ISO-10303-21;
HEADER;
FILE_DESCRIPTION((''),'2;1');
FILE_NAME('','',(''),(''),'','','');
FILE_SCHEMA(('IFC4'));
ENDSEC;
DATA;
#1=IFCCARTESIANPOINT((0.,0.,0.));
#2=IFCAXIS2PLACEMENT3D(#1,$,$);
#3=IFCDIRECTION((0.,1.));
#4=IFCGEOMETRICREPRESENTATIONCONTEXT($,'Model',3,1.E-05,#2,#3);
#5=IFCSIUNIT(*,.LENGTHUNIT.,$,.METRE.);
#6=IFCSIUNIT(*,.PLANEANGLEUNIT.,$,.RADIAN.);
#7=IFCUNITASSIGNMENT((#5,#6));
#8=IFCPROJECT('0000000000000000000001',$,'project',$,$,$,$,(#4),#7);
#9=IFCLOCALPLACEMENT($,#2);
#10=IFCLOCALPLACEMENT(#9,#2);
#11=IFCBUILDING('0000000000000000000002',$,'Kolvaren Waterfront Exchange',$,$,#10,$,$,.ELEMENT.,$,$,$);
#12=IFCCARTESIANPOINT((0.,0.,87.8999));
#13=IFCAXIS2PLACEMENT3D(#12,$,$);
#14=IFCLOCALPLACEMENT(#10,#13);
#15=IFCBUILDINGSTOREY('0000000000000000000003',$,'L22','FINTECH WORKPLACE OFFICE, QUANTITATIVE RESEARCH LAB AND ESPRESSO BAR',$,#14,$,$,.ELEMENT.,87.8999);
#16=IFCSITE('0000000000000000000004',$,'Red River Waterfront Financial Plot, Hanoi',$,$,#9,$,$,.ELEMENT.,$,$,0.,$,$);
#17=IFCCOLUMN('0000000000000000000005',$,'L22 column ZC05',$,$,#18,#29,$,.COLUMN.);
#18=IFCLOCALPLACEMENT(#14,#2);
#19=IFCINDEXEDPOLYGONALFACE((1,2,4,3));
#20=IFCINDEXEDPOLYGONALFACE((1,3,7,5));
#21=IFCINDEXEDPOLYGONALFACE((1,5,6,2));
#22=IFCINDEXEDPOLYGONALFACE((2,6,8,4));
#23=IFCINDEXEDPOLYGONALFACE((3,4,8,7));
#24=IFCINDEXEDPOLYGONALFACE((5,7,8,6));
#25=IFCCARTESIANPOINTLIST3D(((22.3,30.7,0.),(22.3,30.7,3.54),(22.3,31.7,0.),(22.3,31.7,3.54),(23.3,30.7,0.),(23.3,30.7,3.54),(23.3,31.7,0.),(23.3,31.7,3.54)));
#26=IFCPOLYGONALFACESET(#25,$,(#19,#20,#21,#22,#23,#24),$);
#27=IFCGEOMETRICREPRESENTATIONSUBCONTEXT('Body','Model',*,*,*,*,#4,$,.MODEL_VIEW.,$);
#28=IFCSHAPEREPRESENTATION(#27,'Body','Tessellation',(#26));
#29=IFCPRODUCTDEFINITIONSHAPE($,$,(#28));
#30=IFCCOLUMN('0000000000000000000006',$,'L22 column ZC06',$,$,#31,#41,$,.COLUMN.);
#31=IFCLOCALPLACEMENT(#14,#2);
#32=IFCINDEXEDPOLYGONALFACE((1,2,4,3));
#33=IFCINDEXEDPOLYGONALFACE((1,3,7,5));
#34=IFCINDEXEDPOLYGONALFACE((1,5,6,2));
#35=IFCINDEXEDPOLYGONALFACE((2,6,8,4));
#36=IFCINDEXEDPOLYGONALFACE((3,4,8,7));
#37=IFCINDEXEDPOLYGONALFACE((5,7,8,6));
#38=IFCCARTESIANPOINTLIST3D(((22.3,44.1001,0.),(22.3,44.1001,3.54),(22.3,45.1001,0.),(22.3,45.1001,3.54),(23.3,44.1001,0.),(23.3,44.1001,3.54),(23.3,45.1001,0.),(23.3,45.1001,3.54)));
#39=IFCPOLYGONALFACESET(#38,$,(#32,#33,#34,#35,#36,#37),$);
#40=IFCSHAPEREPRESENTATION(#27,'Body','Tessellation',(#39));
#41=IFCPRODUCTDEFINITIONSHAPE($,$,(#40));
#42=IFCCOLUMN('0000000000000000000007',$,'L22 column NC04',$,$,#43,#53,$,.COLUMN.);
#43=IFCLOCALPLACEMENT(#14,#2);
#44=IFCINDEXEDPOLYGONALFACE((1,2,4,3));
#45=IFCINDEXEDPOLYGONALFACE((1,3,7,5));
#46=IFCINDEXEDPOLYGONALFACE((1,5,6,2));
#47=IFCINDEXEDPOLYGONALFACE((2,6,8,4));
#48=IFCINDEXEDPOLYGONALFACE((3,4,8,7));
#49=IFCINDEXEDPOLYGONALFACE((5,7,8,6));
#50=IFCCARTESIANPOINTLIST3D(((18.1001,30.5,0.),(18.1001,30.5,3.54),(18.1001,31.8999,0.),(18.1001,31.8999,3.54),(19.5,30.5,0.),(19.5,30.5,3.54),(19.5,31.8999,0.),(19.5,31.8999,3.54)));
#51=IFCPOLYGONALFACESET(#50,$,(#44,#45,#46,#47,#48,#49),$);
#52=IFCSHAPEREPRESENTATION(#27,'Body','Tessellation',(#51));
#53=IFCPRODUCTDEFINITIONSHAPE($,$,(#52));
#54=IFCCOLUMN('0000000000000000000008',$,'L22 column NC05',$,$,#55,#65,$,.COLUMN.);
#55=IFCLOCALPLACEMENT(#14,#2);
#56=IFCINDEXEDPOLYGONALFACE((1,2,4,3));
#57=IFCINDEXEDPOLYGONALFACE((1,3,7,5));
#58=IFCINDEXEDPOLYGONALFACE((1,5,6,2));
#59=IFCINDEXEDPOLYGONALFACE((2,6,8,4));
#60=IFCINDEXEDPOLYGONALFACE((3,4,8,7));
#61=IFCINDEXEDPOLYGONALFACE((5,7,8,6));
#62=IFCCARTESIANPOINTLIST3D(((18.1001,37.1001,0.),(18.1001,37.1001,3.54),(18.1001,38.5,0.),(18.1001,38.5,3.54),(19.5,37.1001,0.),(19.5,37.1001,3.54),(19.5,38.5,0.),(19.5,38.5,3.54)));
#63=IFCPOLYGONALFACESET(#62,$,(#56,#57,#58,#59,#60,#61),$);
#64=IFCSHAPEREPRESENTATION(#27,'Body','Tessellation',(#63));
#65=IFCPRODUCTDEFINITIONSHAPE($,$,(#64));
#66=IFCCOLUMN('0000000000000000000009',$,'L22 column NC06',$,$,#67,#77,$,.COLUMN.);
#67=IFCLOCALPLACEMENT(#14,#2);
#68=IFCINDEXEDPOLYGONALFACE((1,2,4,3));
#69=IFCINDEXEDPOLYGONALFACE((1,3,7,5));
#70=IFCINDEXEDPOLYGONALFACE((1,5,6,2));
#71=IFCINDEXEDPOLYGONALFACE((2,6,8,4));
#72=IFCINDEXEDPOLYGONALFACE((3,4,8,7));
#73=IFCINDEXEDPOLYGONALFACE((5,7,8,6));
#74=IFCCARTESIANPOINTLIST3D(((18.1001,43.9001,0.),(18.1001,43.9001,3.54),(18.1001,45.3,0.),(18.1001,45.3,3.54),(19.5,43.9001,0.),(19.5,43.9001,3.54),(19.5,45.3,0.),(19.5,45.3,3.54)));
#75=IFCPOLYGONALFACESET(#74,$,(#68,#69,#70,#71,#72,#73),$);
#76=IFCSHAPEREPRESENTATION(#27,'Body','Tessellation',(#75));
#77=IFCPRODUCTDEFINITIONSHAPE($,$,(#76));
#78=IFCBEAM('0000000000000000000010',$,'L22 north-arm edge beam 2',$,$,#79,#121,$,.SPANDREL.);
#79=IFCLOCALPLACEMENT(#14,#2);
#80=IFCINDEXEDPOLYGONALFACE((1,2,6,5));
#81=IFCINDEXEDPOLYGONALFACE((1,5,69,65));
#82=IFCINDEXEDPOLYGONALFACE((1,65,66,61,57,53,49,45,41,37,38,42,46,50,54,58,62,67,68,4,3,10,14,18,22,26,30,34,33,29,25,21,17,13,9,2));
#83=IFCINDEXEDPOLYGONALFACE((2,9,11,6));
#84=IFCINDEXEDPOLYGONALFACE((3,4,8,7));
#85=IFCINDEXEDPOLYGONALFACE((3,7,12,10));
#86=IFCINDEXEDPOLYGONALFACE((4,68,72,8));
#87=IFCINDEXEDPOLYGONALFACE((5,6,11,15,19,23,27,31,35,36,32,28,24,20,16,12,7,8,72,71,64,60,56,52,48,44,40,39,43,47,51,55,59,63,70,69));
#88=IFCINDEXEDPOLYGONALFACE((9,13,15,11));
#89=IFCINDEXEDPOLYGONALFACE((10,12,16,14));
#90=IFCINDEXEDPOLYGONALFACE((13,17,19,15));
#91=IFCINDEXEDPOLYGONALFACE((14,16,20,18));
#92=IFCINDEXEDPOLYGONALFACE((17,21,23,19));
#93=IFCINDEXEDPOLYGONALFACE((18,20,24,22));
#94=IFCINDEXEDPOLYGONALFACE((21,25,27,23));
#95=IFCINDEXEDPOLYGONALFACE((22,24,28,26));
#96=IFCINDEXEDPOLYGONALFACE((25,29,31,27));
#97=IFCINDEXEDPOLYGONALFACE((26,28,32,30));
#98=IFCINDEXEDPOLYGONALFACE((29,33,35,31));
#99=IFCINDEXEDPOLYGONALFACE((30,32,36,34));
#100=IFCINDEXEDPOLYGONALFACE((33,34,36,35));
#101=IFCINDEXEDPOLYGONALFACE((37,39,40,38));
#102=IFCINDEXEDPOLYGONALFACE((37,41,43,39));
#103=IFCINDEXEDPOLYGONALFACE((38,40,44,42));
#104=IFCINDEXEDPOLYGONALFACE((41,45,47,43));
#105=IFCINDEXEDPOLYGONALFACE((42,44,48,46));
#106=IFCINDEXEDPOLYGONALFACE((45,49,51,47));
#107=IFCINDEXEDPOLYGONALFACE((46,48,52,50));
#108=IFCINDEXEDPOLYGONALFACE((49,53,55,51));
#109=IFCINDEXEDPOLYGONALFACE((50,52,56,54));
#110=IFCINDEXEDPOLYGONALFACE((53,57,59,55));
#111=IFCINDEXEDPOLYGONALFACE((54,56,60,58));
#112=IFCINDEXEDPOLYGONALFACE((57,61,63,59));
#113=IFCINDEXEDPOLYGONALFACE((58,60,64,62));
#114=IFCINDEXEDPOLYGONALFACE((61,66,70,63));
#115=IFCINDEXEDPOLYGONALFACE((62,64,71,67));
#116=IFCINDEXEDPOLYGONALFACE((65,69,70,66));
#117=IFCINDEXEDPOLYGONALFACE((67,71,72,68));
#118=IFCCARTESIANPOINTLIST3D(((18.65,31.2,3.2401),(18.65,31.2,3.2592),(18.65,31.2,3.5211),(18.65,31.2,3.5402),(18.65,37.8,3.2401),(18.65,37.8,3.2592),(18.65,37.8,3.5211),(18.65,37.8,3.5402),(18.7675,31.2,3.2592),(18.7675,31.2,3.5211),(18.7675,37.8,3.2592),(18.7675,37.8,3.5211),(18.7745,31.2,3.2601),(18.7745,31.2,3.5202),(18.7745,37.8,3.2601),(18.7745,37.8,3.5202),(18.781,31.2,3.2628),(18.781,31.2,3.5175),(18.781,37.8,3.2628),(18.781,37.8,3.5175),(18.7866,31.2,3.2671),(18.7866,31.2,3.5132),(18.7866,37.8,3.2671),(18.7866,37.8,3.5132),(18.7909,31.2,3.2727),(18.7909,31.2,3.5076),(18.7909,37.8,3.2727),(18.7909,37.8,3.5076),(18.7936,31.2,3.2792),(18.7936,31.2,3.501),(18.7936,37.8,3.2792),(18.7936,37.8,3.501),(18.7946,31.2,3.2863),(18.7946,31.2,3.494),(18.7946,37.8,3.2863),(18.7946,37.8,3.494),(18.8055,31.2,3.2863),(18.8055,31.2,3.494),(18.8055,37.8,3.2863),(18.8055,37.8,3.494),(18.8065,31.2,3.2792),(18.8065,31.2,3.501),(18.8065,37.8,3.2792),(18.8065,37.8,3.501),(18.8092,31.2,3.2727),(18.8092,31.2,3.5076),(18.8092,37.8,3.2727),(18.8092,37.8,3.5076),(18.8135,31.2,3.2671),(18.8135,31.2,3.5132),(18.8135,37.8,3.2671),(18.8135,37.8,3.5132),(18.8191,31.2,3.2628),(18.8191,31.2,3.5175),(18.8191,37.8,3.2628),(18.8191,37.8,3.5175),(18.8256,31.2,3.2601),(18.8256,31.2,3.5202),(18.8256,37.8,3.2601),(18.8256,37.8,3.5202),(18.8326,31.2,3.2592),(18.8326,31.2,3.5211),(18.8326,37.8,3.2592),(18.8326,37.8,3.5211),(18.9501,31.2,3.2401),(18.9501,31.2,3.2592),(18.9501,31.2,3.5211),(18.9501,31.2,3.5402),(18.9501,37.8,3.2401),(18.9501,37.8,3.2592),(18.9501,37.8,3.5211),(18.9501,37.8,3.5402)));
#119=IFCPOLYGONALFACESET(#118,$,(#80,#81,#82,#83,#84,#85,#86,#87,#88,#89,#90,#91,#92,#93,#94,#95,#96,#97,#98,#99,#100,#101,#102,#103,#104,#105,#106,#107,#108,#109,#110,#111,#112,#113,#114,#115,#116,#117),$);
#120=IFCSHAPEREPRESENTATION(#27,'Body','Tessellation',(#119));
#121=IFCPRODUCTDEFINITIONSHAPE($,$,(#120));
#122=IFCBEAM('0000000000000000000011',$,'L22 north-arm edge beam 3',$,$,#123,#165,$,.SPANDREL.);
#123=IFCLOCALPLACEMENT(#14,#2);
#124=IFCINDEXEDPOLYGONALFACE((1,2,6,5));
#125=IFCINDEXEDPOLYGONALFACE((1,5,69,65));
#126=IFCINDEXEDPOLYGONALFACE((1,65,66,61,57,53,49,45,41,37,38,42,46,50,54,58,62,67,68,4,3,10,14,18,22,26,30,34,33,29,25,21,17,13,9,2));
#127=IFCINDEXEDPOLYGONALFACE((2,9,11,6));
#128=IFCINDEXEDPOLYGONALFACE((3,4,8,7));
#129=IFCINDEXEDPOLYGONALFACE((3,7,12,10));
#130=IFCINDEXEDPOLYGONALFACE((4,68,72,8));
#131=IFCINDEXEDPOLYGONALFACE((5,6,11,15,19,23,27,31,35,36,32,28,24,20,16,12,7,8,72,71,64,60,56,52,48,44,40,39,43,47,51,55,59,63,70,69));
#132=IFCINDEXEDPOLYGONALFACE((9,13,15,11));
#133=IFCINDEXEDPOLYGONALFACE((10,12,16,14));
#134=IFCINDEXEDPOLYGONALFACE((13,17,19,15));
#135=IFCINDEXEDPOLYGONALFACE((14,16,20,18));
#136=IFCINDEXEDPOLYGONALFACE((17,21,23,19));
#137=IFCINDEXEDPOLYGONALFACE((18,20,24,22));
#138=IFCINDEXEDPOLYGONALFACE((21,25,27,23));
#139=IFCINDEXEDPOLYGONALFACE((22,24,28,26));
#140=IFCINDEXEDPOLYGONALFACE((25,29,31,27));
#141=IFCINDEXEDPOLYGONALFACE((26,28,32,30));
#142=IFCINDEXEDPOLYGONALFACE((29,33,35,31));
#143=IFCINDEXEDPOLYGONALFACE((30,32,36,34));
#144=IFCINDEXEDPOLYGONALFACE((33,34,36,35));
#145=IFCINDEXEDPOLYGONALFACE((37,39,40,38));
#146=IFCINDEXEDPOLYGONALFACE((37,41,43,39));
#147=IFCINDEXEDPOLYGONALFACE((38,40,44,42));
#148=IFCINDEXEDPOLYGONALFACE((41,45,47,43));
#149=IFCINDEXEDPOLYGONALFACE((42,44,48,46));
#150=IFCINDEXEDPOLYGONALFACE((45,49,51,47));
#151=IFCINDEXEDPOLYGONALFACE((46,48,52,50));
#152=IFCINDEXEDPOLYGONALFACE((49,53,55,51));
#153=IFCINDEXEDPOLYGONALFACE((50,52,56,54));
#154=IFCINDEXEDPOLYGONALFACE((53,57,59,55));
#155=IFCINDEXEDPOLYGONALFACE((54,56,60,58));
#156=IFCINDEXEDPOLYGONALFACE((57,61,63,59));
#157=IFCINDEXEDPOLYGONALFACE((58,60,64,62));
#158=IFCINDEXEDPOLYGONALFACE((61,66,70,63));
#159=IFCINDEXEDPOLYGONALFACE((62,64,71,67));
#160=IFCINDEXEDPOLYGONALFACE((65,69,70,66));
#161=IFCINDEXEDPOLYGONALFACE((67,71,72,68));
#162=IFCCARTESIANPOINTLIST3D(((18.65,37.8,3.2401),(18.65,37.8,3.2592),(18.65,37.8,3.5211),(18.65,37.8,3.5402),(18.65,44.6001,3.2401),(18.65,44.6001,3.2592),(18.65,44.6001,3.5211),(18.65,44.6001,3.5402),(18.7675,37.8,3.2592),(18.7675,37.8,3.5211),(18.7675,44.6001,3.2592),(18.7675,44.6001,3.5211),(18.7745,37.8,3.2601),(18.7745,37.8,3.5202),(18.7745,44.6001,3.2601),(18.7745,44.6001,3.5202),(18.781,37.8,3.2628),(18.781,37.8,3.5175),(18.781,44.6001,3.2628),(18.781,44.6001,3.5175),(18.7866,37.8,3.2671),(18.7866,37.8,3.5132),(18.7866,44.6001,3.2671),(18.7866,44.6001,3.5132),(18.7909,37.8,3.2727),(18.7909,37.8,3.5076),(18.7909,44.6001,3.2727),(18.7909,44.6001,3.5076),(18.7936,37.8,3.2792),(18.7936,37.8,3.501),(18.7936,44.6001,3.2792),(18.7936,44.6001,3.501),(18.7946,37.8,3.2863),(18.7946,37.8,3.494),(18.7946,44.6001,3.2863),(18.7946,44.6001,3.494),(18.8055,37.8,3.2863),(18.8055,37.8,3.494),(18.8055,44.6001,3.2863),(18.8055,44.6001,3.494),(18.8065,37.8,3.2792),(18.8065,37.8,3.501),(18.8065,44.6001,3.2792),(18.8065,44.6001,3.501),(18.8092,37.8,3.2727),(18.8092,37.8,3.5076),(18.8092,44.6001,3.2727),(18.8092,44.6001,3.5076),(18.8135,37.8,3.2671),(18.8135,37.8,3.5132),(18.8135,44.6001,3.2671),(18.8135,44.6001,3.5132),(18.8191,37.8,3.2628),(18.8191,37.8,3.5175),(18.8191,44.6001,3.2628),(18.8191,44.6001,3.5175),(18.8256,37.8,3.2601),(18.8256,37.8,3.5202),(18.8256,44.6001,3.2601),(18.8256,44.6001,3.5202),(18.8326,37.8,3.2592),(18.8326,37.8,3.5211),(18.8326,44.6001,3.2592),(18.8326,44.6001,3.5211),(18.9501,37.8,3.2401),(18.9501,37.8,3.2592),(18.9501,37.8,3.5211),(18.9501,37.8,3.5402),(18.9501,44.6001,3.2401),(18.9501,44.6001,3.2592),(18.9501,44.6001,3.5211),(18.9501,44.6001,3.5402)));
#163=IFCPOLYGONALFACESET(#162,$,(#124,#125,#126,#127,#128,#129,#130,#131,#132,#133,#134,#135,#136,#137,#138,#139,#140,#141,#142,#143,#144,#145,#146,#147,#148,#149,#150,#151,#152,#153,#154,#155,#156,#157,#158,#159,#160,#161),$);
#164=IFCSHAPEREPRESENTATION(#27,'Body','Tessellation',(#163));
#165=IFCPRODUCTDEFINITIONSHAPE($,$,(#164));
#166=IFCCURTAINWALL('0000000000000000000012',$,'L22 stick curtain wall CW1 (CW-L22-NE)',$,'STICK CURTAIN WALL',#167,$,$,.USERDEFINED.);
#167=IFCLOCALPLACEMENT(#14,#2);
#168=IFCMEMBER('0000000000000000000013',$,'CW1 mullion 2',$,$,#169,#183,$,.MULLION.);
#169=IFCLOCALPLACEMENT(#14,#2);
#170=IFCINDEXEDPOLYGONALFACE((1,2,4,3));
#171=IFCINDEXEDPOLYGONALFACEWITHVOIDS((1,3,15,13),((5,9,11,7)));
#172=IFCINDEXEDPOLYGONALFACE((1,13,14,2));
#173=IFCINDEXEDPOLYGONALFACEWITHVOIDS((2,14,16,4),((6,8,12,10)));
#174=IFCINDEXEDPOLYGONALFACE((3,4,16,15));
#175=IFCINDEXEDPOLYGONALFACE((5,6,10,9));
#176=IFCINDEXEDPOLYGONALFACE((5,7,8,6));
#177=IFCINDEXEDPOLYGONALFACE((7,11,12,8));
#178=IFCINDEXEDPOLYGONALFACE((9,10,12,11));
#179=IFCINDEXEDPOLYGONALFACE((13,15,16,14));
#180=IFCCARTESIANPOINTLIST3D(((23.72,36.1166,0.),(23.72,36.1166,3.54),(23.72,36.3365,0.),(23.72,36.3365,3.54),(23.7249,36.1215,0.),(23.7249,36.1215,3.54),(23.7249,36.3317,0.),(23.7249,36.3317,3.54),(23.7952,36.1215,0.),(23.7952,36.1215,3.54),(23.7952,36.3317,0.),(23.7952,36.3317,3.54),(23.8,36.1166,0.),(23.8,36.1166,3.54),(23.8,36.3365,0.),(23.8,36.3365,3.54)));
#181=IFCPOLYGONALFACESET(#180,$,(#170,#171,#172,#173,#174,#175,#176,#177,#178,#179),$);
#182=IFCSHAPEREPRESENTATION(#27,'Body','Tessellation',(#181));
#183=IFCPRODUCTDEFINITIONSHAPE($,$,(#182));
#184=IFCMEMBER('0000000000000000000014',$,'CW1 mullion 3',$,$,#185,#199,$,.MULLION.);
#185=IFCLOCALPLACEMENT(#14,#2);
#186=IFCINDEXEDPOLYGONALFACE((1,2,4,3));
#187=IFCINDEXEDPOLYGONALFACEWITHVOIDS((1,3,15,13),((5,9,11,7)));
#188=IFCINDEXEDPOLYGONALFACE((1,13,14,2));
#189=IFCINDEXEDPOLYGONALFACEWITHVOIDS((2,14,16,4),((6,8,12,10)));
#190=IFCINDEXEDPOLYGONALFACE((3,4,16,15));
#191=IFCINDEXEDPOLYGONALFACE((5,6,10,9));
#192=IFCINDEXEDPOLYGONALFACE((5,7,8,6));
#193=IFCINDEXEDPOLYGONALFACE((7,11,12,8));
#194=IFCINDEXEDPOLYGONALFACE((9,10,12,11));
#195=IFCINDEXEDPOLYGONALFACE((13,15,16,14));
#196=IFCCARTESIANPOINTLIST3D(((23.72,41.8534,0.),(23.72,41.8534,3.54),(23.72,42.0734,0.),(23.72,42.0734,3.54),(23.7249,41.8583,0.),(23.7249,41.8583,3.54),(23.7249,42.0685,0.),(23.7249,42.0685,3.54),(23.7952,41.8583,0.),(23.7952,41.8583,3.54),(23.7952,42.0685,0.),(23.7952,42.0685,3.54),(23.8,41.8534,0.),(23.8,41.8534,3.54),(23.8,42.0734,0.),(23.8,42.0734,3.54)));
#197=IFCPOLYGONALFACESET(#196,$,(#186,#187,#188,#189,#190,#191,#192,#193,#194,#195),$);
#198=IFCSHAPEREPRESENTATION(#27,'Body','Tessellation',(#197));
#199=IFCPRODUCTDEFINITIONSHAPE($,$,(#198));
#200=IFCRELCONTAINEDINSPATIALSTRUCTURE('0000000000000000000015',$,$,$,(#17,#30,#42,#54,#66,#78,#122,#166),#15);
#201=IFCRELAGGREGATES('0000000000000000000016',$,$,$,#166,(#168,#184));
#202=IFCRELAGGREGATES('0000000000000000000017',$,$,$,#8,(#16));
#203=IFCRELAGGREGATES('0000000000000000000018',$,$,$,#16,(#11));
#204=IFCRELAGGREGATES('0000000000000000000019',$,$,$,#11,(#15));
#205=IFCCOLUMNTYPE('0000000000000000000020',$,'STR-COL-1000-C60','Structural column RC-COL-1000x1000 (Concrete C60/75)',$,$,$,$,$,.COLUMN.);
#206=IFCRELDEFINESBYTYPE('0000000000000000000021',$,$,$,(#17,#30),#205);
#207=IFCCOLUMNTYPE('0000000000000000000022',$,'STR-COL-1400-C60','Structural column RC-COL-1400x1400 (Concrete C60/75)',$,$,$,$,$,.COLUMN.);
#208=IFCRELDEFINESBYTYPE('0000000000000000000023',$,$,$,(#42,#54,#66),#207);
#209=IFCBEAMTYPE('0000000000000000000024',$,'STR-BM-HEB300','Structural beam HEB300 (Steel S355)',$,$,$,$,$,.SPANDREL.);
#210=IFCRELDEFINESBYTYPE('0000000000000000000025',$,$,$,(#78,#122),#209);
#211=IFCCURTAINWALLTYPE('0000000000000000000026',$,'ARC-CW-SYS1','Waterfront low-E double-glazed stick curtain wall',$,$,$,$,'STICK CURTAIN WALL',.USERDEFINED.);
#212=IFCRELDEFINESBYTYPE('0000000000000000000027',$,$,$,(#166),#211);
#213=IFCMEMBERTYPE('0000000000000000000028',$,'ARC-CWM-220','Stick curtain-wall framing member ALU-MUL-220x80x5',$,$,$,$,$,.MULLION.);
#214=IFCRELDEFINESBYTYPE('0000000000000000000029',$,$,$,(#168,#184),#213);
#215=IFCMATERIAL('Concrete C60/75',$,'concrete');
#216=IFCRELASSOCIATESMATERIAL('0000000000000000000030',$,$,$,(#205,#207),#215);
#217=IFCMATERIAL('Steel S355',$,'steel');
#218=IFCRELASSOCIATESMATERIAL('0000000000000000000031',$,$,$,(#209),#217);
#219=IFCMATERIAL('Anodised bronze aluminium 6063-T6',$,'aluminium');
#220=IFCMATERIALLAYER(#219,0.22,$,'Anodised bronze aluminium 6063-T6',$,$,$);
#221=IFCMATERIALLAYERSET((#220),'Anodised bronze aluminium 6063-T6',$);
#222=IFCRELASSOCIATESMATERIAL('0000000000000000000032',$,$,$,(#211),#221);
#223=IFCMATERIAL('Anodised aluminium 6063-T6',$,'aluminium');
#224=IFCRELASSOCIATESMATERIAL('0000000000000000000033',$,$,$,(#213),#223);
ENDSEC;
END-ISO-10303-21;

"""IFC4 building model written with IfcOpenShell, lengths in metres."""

from ifc_helpers import new_model, si_unit, direction, frame, origin, origin_with_axes, origin_2d, place, context, subcontext, project, spatial, rectangle, hollow_rectangle, i_section, extrude, source, transform, mapped, material, layer, layer_set, material_profile, profile_set, type_object, element, aggregate, save


model = new_model("IFC4")

# Units and contexts
model_context = context("Model", 3, precision=1e-05, world=origin(), true_north=direction((0.0, 1.0)))
body_context = subcontext(model_context, "Body", "Model", "MODEL_VIEW")
ifc_project = project(units=[si_unit("LENGTHUNIT", "METRE"), si_unit("PLANEANGLEUNIT", "RADIAN")], contexts=[model_context])

# Site, building, storey
site_placement = place(None, origin())
site = spatial("IfcSite", under=ifc_project, at=site_placement, Name="Red River Waterfront Financial Plot, Hanoi", CompositionType="ELEMENT", RefElevation=0.0)
building_placement = place(site_placement, origin())
building = spatial("IfcBuilding", under=site, at=building_placement, Name="Kolvaren Waterfront Exchange", CompositionType="ELEMENT")
storey_placement = place(building_placement, frame((0.0, 0.0, 87.8999)))
storey = spatial("IfcBuildingStorey", under=building, at=storey_placement, Name="L22", Description="FINTECH WORKPLACE OFFICE, QUANTITATIVE RESEARCH LAB AND ESPRESSO BAR", CompositionType="ELEMENT", Elevation=87.8999)

# Columns
ifc_material_1 = material(Name="Concrete C60/75", Category="concrete")
ifc_material_profile_1 = material_profile(ifc_material_1, rectangle(XDim=1.0, YDim=1.0, at=origin_2d()), Name="RC-COL-1000x1000")
ifc_profile_set_1 = profile_set([ifc_material_profile_1], Name="Concrete C60/75")
column_type_1 = type_object("IfcColumnType", Name="STR-COL-1000-C60", Description="Structural column RC-COL-1000x1000 (Concrete C60/75)", PredefinedType="COLUMN", material=ifc_profile_set_1)
for number, where, z_axis, x_axis, name in (
    (1, (22.8, 31.2, 0.0), (0.0, 0.0, 1.0), (1.0, 0.0, 0.0), "L22 column ZC05"),
    (2, (22.8, 44.6001, 0.0), (0.0, 0.0, 1.0), (1.0, 0.0, 0.0), "L22 column ZC06"),
):
    element("IfcColumn", number, at=place(storey_placement, frame(where, z_axis=z_axis, x_axis=x_axis)), inside=storey, type_object=column_type_1, Name=name, PredefinedType="COLUMN", context=body_context, shape_type="SweptSolid", body=[
        extrude(rectangle(XDim=1.0, YDim=1.0, at=origin_2d()), origin(), (0.0, 0.0, 1.0), 3.54),
    ])
ifc_material_profile_2 = material_profile(ifc_material_1, rectangle(XDim=1.3999, YDim=1.3999, at=origin_2d()), Name="RC-COL-1400x1400")
ifc_profile_set_2 = profile_set([ifc_material_profile_2], Name="Concrete C60/75")
column_type_2 = type_object("IfcColumnType", Name="STR-COL-1400-C60", Description="Structural column RC-COL-1400x1400 (Concrete C60/75)", PredefinedType="COLUMN", material=ifc_profile_set_2)
for number, where, z_axis, x_axis, name in (
    (3, (18.8, 31.2, 0.0), (0.0, 0.0, 1.0), (1.0, 0.0, 0.0), "L22 column NC04"),
    (4, (18.8, 37.8, 0.0), (0.0, 0.0, 1.0), (1.0, 0.0, 0.0), "L22 column NC05"),
    (5, (18.8, 44.6001, 0.0), (0.0, 0.0, 1.0), (1.0, 0.0, 0.0), "L22 column NC06"),
):
    element("IfcColumn", number, at=place(storey_placement, frame(where, z_axis=z_axis, x_axis=x_axis)), inside=storey, type_object=column_type_2, Name=name, PredefinedType="COLUMN", context=body_context, shape_type="SweptSolid", body=[
        extrude(rectangle(XDim=1.3999, YDim=1.3999, at=origin_2d()), origin(), (0.0, 0.0, 1.0), 3.54),
    ])

# Beams
ifc_material_2 = material(Name="Steel S355", Category="steel")
ifc_material_profile_3 = material_profile(ifc_material_2, i_section(OverallWidth=0.3, OverallDepth=0.3, WebThickness=0.011, FlangeThickness=0.019, FilletRadius=0.0271, at=origin_2d()), Name="HEB300")
ifc_profile_set_3 = profile_set([ifc_material_profile_3], Name="Steel S355")
beam_type = type_object("IfcBeamType", Name="STR-BM-HEB300", Description="Structural beam HEB300 (Steel S355)", PredefinedType="SPANDREL", material=ifc_profile_set_3)
beam_1_placement = place(storey_placement, frame((18.8, 31.2, 3.3901), z_axis=(0.0, 1.0, 0.0), x_axis=(-1.0, 0.0, 0.0)))
element("IfcBeam", 6, at=beam_1_placement, inside=storey, type_object=beam_type, Name="L22 north-arm edge beam 2", PredefinedType="SPANDREL", context=body_context, shape_type="SweptSolid", body=[
    extrude(i_section(OverallWidth=0.3, OverallDepth=0.3, WebThickness=0.011, FlangeThickness=0.019, FilletRadius=0.0271, at=origin_2d()), origin(), (0.0, 0.0, 1.0), 6.6001),
])
beam_2_placement = place(storey_placement, frame((18.8, 37.8, 3.3901), z_axis=(0.0, 1.0, 0.0), x_axis=(-1.0, 0.0, 0.0)))
element("IfcBeam", 7, at=beam_2_placement, inside=storey, type_object=beam_type, Name="L22 north-arm edge beam 3", PredefinedType="SPANDREL", context=body_context, shape_type="SweptSolid", body=[
    extrude(i_section(OverallWidth=0.3, OverallDepth=0.3, WebThickness=0.011, FlangeThickness=0.019, FilletRadius=0.0271, at=origin_2d()), origin(), (0.0, 0.0, 1.0), 6.8),
])

# Curtain wall, members
ifc_material_3 = material(Name="Anodised bronze aluminium 6063-T6", Category="aluminium")
ifc_layer_1 = layer(ifc_material_3, 0.22, Name="Anodised bronze aluminium 6063-T6")
ifc_layer_set_1 = layer_set([ifc_layer_1], Name="Anodised bronze aluminium 6063-T6")
curtain_wall_type = type_object("IfcCurtainWallType", Name="ARC-CW-SYS1", Description="Waterfront low-E double-glazed stick curtain wall", ElementType="STICK CURTAIN WALL", PredefinedType="USERDEFINED", material=ifc_layer_set_1)
curtain_wall_placement = place(storey_placement, origin())
curtain_wall = element("IfcCurtainWall", 8, at=curtain_wall_placement, inside=storey, type_object=curtain_wall_type, Name="L22 stick curtain wall CW1 (CW-L22-NE)", ObjectType="STICK CURTAIN WALL", PredefinedType="USERDEFINED")
ifc_material_4 = material(Name="Anodised aluminium 6063-T6", Category="aluminium")
ifc_material_profile_4 = material_profile(ifc_material_4, hollow_rectangle(XDim=0.0801, YDim=0.22, WallThickness=0.0049, at=origin_2d()), Name="ALU-MUL-220x80x5")
ifc_profile_set_4 = profile_set([ifc_material_profile_4], Name="Anodised aluminium 6063-T6")
member_type_1 = type_object("IfcMemberType", Name="ARC-CWM-220", Description="Stick curtain-wall framing member ALU-MUL-220x80x5", PredefinedType="MULLION", material=ifc_profile_set_4)
shared_shape_1 = source(origin_with_axes(), body_context, "Body", "SweptSolid", [
    extrude(hollow_rectangle(XDim=0.0801, YDim=0.22, WallThickness=0.0049, at=origin_2d()), origin(), (0.0, 0.0, 1.0), 3.54),
])
member_1_placement = place(storey_placement, frame((23.76, 36.2266, 0.0), z_axis=(0.0, 0.0, 1.0), x_axis=(-1.0, 0.0, 0.0)))
member_1 = element("IfcMember", 9, at=member_1_placement, type_object=member_type_1, Name="CW1 mullion 2", PredefinedType="MULLION", context=body_context, shape_type="MappedRepresentation", body=[
    mapped(shared_shape_1, transform((0.0, 0.0, 0.0), x_axis=(1.0, 0.0, 0.0), y_axis=(0.0, 1.0, 0.0), z_axis=(0.0, 0.0, 1.0), scale=1.0)),
])
member_2_placement = place(storey_placement, frame((23.76, 41.9634, 0.0), z_axis=(0.0, 0.0, 1.0), x_axis=(-1.0, 0.0, 0.0)))
member_2 = element("IfcMember", 10, at=member_2_placement, type_object=member_type_1, Name="CW1 mullion 3", PredefinedType="MULLION", context=body_context, shape_type="MappedRepresentation", body=[
    mapped(shared_shape_1, transform((0.0, 0.0, 0.0), x_axis=(1.0, 0.0, 0.0), y_axis=(0.0, 1.0, 0.0), z_axis=(0.0, 0.0, 1.0), scale=1.0)),
])
aggregate(curtain_wall, [member_1, member_2])

save(model, "model.ifc")
